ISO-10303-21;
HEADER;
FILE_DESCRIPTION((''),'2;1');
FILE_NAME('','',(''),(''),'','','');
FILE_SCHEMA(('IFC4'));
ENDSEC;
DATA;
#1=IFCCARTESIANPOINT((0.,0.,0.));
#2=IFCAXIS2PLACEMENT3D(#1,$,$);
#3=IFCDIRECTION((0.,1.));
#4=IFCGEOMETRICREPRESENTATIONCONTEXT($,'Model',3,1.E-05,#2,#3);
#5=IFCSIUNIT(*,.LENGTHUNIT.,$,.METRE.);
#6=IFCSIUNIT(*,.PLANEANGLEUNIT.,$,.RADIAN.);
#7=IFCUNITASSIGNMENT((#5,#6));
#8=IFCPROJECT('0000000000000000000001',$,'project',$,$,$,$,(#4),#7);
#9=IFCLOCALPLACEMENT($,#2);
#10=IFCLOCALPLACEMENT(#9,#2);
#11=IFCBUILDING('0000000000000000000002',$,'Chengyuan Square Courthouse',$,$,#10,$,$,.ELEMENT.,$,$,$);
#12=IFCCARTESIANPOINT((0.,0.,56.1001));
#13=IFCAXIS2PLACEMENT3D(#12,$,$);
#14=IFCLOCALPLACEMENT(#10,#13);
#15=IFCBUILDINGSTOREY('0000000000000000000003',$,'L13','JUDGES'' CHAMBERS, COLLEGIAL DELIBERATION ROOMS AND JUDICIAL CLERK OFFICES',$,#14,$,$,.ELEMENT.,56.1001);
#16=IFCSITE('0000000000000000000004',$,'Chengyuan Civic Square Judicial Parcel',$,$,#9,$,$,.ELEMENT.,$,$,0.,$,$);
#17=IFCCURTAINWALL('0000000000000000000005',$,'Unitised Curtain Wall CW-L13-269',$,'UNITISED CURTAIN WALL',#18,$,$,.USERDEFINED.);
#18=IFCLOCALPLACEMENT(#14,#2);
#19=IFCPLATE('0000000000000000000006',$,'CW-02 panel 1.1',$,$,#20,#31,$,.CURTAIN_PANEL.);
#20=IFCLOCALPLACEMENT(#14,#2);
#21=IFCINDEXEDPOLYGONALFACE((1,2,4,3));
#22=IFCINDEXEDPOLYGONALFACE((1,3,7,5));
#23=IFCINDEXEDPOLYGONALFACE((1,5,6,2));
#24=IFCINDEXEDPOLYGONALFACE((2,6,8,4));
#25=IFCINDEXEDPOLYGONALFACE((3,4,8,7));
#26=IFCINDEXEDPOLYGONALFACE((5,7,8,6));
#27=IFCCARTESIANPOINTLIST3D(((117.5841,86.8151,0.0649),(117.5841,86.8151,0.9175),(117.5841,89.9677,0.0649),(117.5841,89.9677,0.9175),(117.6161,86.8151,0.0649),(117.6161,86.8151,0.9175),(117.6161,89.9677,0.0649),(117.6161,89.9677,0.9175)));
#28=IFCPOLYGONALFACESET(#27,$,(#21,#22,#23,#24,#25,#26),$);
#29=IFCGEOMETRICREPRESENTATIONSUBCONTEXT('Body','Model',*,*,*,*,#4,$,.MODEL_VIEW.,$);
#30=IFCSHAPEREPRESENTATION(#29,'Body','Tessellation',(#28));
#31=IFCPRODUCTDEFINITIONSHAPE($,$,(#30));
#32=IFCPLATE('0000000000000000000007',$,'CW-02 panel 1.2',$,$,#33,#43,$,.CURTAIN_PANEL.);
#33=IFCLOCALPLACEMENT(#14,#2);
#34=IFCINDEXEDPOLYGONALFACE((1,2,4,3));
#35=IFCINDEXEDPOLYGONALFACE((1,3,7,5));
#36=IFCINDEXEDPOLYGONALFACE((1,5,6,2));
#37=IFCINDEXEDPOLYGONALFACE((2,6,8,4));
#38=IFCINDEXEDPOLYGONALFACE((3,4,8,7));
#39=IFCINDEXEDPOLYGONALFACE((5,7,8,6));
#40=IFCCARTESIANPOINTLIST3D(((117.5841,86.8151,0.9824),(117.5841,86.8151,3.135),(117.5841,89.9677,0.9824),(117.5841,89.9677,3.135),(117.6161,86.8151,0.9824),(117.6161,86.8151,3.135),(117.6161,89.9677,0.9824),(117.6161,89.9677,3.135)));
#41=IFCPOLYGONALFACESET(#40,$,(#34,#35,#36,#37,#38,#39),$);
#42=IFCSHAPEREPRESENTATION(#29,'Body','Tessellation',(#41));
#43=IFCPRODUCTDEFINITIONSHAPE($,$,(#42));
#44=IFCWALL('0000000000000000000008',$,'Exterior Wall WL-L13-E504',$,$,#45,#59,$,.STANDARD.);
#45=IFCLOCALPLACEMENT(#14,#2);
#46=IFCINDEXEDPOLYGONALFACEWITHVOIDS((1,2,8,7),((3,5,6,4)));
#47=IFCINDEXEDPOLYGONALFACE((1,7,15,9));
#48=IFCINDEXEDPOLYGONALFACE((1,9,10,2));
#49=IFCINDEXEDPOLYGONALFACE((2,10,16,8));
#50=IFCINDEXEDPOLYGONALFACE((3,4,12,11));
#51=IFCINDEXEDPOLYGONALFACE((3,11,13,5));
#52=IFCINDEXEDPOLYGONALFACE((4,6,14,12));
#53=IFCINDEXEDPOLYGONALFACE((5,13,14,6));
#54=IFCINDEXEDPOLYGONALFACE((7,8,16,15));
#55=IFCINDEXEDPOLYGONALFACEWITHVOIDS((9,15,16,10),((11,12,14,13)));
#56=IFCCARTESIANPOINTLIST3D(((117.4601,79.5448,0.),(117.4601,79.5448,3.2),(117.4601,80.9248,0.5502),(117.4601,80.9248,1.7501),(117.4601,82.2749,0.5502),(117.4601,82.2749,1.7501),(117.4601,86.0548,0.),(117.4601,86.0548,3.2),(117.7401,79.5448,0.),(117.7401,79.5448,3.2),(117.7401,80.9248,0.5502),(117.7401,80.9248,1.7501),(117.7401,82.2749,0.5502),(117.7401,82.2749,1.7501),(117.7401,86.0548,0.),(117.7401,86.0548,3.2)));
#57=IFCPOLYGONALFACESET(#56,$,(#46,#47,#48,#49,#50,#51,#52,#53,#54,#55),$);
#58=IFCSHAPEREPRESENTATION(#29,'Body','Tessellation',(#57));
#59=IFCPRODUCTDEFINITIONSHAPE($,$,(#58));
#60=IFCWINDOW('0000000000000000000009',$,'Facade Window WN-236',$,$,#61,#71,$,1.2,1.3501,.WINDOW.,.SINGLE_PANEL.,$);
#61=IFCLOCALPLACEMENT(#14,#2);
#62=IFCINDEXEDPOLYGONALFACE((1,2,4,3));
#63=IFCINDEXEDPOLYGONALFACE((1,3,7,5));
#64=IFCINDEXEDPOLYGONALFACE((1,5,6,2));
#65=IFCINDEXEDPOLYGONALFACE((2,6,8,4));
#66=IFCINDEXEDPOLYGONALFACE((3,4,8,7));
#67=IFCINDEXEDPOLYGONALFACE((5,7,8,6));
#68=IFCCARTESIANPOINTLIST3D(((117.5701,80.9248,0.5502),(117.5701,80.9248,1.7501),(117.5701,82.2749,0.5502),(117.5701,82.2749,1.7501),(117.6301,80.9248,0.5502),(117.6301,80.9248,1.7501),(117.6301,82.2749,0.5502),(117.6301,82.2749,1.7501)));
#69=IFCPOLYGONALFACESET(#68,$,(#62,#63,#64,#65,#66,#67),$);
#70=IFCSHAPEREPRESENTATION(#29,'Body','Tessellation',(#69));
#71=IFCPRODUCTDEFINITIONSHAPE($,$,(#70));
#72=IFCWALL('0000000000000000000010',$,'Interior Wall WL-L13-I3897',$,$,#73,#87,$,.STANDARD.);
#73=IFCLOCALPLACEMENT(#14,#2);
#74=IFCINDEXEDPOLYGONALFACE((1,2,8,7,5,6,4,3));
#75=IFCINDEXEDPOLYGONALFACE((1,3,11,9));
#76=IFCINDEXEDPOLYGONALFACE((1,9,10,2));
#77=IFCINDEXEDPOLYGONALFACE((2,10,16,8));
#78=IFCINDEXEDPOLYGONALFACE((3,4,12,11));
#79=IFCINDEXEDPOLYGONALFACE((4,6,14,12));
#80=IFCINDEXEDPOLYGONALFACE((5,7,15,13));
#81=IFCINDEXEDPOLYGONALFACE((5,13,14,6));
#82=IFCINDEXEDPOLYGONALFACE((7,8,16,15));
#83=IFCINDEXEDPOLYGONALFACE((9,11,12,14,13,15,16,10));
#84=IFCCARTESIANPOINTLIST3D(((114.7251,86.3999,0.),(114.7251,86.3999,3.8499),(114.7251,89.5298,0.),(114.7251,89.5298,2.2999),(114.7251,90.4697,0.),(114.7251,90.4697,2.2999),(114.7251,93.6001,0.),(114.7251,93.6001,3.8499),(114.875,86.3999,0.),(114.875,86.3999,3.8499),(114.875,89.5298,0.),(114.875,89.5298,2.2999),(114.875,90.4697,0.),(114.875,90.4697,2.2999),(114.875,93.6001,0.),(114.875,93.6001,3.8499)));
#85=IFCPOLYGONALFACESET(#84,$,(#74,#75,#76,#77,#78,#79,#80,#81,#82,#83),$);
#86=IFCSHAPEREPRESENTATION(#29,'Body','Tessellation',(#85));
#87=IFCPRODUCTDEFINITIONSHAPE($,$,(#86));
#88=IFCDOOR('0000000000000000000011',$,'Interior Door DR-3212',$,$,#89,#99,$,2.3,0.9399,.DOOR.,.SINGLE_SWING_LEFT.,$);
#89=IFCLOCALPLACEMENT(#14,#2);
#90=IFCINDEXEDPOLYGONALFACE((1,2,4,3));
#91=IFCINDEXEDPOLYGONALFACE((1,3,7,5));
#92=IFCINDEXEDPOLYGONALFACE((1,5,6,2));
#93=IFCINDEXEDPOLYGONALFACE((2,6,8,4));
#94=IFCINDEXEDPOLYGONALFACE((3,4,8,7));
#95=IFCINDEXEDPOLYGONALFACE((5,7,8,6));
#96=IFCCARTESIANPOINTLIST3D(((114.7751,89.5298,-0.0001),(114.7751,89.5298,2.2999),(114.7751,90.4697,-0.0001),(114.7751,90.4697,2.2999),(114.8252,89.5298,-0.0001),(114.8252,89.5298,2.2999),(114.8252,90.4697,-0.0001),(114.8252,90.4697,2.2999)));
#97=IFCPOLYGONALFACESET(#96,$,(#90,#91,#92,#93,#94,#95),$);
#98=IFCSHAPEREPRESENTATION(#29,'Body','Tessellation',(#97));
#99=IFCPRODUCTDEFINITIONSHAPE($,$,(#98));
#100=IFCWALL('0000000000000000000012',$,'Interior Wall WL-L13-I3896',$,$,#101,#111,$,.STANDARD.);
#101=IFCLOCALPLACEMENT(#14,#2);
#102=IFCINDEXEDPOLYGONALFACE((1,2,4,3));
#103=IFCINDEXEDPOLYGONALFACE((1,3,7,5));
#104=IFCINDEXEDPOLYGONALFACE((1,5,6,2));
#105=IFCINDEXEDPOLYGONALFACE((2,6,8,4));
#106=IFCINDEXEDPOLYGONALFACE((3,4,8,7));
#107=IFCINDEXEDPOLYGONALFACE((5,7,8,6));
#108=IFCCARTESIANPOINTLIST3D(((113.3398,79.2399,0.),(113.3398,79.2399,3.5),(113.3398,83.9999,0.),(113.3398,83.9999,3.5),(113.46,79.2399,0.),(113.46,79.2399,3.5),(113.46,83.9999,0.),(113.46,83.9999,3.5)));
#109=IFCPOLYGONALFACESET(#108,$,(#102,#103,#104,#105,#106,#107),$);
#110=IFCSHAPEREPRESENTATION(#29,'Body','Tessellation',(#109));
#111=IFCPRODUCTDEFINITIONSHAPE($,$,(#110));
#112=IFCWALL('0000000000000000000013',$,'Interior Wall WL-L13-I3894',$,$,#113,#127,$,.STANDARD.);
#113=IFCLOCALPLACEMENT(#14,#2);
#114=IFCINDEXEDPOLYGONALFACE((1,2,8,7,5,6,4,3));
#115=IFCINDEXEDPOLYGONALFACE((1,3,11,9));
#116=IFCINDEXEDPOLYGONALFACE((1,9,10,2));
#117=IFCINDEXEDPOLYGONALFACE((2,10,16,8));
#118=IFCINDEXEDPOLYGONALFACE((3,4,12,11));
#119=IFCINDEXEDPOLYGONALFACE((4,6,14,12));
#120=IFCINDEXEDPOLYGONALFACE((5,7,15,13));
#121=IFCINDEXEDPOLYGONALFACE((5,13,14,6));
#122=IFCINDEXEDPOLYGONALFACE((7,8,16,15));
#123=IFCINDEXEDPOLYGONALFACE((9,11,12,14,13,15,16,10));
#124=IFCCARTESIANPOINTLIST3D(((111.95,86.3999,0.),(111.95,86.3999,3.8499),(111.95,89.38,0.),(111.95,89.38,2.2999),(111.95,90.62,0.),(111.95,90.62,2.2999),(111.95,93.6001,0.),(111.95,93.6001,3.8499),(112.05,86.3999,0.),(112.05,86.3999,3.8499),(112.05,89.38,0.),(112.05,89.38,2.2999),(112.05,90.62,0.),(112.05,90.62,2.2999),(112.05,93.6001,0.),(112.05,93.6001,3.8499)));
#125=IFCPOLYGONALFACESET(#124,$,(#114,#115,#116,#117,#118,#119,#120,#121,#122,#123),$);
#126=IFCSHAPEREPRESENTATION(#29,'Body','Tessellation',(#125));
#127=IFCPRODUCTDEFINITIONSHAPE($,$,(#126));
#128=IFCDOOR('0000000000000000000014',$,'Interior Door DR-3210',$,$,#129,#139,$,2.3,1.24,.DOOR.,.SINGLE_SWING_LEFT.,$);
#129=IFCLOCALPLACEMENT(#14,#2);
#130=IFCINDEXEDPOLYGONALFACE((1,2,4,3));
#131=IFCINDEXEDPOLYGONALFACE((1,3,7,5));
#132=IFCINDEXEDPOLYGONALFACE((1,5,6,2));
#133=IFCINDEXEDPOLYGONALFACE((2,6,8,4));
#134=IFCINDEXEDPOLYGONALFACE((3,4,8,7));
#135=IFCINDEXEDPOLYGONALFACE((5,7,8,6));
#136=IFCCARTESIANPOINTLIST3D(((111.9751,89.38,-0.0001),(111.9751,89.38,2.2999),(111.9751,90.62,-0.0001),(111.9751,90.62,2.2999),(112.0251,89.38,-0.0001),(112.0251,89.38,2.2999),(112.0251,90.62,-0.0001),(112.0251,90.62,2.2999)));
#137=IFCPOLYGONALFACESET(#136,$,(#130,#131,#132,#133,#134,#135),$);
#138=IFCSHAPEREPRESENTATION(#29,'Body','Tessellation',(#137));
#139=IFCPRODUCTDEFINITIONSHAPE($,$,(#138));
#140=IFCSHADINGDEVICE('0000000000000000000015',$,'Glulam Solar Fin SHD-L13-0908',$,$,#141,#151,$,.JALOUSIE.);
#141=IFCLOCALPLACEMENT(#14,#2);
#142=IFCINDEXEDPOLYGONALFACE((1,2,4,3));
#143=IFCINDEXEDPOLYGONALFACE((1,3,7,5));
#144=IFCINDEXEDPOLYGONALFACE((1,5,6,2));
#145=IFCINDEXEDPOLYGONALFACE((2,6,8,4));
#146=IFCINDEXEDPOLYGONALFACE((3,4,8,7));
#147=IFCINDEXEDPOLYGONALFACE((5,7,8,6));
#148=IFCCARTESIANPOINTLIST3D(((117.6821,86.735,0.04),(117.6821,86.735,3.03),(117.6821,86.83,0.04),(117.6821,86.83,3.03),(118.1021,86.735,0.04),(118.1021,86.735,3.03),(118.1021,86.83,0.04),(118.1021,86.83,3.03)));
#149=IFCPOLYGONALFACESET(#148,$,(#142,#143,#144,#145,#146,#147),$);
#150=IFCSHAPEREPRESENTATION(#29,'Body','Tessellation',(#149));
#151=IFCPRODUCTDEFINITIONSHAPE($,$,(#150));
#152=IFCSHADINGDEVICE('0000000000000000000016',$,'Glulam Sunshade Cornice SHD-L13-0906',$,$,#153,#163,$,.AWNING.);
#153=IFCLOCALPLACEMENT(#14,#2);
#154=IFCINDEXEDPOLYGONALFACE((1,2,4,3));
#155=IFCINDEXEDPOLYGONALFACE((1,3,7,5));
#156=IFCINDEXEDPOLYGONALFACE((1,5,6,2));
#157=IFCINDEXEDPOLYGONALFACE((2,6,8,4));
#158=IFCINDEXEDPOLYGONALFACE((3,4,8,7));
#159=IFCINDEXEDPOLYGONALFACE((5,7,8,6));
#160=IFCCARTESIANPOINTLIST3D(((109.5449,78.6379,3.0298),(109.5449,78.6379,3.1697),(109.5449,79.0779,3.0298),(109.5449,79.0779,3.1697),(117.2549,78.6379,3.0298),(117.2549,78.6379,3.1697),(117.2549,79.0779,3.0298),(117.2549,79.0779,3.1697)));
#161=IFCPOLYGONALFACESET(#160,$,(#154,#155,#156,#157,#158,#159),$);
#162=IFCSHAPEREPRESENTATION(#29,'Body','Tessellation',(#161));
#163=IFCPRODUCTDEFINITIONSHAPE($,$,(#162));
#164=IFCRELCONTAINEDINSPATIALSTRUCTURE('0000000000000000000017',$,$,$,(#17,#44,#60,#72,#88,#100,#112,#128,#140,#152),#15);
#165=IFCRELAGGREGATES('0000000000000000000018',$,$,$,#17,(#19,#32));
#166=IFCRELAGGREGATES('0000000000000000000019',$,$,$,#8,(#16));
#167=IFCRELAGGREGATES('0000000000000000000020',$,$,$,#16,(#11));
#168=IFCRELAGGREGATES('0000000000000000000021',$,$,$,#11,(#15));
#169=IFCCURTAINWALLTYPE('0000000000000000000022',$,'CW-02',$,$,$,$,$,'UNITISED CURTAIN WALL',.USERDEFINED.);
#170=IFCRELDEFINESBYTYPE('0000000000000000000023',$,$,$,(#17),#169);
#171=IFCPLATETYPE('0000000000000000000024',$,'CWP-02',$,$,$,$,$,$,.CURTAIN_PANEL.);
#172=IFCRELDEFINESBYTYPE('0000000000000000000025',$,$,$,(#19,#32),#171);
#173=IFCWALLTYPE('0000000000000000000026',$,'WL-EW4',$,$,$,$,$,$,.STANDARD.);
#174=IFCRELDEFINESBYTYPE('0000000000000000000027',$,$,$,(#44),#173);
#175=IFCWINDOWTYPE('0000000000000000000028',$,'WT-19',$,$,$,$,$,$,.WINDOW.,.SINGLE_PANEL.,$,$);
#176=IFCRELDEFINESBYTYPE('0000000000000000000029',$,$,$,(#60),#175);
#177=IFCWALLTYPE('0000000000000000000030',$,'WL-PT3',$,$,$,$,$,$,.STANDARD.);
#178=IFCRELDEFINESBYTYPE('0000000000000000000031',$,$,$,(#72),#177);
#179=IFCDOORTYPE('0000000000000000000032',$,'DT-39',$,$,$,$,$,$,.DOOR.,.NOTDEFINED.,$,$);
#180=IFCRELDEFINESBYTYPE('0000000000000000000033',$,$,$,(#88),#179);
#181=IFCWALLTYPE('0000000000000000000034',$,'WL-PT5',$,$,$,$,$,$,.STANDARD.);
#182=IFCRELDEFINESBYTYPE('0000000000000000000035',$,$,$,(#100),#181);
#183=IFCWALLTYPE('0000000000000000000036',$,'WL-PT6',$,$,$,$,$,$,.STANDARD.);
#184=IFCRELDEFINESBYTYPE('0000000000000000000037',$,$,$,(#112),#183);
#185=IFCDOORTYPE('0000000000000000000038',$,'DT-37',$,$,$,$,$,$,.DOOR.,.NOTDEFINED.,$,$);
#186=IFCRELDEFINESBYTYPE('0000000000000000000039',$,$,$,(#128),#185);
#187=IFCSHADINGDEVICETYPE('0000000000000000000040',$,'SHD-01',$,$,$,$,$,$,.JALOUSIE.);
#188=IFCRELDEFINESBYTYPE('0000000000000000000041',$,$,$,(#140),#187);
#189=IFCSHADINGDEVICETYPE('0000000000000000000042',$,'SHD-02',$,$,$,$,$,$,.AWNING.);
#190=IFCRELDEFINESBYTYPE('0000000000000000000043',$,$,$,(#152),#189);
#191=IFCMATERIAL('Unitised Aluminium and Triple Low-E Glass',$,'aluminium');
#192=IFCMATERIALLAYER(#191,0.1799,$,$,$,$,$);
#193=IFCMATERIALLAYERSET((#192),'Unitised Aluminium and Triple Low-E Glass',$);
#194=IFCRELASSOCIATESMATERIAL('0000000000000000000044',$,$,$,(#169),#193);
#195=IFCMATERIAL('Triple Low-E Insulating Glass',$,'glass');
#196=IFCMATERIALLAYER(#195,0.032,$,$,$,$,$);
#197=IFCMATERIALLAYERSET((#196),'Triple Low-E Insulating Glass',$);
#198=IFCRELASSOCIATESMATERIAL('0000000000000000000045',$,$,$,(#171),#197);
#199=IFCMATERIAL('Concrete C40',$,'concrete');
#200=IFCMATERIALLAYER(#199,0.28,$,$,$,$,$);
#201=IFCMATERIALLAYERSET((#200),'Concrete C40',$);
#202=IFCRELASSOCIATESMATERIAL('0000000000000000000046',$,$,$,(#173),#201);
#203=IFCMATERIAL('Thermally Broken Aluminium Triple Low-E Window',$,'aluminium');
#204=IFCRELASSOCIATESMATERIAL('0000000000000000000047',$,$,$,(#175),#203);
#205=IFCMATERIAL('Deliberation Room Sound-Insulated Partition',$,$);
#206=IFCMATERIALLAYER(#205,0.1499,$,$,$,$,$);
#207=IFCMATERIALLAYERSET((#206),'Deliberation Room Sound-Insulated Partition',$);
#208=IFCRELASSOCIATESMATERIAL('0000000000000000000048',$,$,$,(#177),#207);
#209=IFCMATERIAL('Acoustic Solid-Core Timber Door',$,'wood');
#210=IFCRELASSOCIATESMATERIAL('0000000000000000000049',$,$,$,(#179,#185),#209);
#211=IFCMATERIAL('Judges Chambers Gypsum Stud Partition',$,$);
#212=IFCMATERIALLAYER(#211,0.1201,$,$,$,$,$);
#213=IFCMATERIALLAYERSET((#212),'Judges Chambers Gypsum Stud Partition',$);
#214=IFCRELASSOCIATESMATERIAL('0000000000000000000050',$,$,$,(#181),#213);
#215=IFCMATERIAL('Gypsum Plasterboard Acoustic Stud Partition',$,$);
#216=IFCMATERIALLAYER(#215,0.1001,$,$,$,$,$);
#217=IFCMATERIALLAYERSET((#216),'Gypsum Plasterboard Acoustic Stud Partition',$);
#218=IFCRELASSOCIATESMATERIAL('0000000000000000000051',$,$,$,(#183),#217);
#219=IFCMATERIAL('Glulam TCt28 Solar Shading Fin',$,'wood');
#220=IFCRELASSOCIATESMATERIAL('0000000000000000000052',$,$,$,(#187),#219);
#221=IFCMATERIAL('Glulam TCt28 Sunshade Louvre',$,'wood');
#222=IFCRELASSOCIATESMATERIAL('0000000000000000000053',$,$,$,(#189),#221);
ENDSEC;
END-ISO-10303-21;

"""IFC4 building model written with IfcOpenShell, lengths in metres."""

from ifc_helpers import new_model, si_unit, direction, frame, frame_2d, origin, origin_2d, place, context, subcontext, project, spatial, rectangle, extrude, material, layer, layer_set, type_object, element, fill, aggregate, save


model = new_model("IFC4")

# Units and contexts
model_context = context("Model", 3, precision=1e-05, world=origin(), true_north=direction((0.0, 1.0)))
body_context = subcontext(model_context, "Body", "Model", "MODEL_VIEW")
ifc_project = project(units=[si_unit("LENGTHUNIT", "METRE"), si_unit("PLANEANGLEUNIT", "RADIAN")], contexts=[model_context])

# Site, building, storey
site_placement = place(None, origin())
site = spatial("IfcSite", under=ifc_project, at=site_placement, Name="Chengyuan Civic Square Judicial Parcel", CompositionType="ELEMENT", RefElevation=0.0)
building_placement = place(site_placement, origin())
building = spatial("IfcBuilding", under=site, at=building_placement, Name="Chengyuan Square Courthouse", CompositionType="ELEMENT")
storey_placement = place(building_placement, frame((0.0, 0.0, 56.1001)))
storey = spatial("IfcBuildingStorey", under=building, at=storey_placement, Name="L13", Description="JUDGES' CHAMBERS, COLLEGIAL DELIBERATION ROOMS AND JUDICIAL CLERK OFFICES", CompositionType="ELEMENT", Elevation=56.1001)

# Shared definitions
ifc_material_1 = material(Name="Concrete C40", Category="concrete")

# Curtain wall, plates
ifc_material_2 = material(Name="Unitised Aluminium and Triple Low-E Glass", Category="aluminium")
ifc_layer_1 = layer(ifc_material_2, 0.1799)
ifc_layer_set_1 = layer_set([ifc_layer_1], Name="Unitised Aluminium and Triple Low-E Glass")
curtain_wall_type = type_object("IfcCurtainWallType", Name="CW-02", ElementType="UNITISED CURTAIN WALL", PredefinedType="USERDEFINED", material=ifc_layer_set_1)
curtain_wall_placement = place(storey_placement, origin())
curtain_wall = element("IfcCurtainWall", 1, at=curtain_wall_placement, inside=storey, type_object=curtain_wall_type, Name="Unitised Curtain Wall CW-L13-269", ObjectType="UNITISED CURTAIN WALL", PredefinedType="USERDEFINED")
ifc_material_3 = material(Name="Triple Low-E Insulating Glass", Category="glass")
ifc_layer_2 = layer(ifc_material_3, 0.032)
ifc_layer_set_2 = layer_set([ifc_layer_2], Name="Triple Low-E Insulating Glass")
plate_type = type_object("IfcPlateType", Name="CWP-02", PredefinedType="CURTAIN_PANEL", material=ifc_layer_set_2)
plate_1_placement = place(storey_placement, frame((117.6001, 88.3914, 0.0649), z_axis=(0.0, 0.0, 1.0), x_axis=(0.0, 1.0, 0.0)))
plate_1 = element("IfcPlate", 2, at=plate_1_placement, type_object=plate_type, Name="CW-02 panel 1.1", PredefinedType="CURTAIN_PANEL", context=body_context, shape_type="SweptSolid", body=[
    extrude(rectangle(XDim=3.1526, YDim=0.032, at=origin_2d()), origin(), (0.0, 0.0, 1.0), 0.8525),
])
plate_2_placement = place(storey_placement, frame((117.6001, 88.3914, 0.9824), z_axis=(0.0, 0.0, 1.0), x_axis=(0.0, 1.0, 0.0)))
plate_2 = element("IfcPlate", 3, at=plate_2_placement, type_object=plate_type, Name="CW-02 panel 1.2", PredefinedType="CURTAIN_PANEL", context=body_context, shape_type="SweptSolid", body=[
    extrude(rectangle(XDim=3.1526, YDim=0.032, at=origin_2d()), origin(), (0.0, 0.0, 1.0), 2.1526),
])
aggregate(curtain_wall, [plate_1, plate_2])

# Wall, opening, window
ifc_layer_3 = layer(ifc_material_1, 0.28)
ifc_layer_set_3 = layer_set([ifc_layer_3], Name="Concrete C40")
wall_type_1 = type_object("IfcWallType", Name="WL-EW4", PredefinedType="STANDARD", material=ifc_layer_set_3)
wall_1_placement = place(storey_placement, frame((117.6001, 79.5449, 0.0), z_axis=(0.0, 0.0, 1.0), x_axis=(0.0, 1.0, 0.0)))
wall_1 = element("IfcWall", 4, at=wall_1_placement, inside=storey, type_object=wall_type_1, Name="Exterior Wall WL-L13-E504", PredefinedType="STANDARD", context=body_context, shape_type="SweptSolid", body=[
    extrude(rectangle(XDim=6.51, YDim=0.28, at=frame_2d((3.2549, 0.0))), origin(), (0.0, 0.0, 1.0), 3.2),
])
opening_1_placement = place(wall_1_placement, frame((1.3799, 0.0, 0.55)))
opening_1 = element("IfcOpeningElement", 5, at=opening_1_placement, cuts=wall_1, PredefinedType="OPENING", context=body_context, shape_type="SweptSolid", body=[
    extrude(rectangle(XDim=1.3501, YDim=1.2, at=frame_2d((0.675, 0.6001))), frame((0.0, 0.1521, 0.0), z_axis=(0.0, -1.0, 0.0), x_axis=(1.0, 0.0, 0.0)), (0.0, 0.0, 1.0), 0.304),
])
ifc_material_4 = material(Name="Thermally Broken Aluminium Triple Low-E Window", Category="aluminium")
window_type = type_object("IfcWindowType", Name="WT-19", PartitioningType="SINGLE_PANEL", PredefinedType="WINDOW", material=ifc_material_4)
window_placement = place(opening_1_placement, origin())
window = element("IfcWindow", 6, at=window_placement, inside=storey, type_object=window_type, Name="Facade Window WN-236", OverallHeight=1.2, OverallWidth=1.3501, PartitioningType="SINGLE_PANEL", PredefinedType="WINDOW", context=body_context, shape_type="SweptSolid", body=[
    extrude(rectangle(XDim=1.3501, YDim=1.2, at=frame_2d((0.675, 0.6001))), frame((0.0, 0.03, 0.0), z_axis=(0.0, -1.0, 0.0), x_axis=(1.0, 0.0, 0.0)), (0.0, 0.0, 1.0), 0.0601),
])
fill(opening_1, window)

# Wall, opening, door
ifc_material_5 = material(Name="Deliberation Room Sound-Insulated Partition")
ifc_layer_4 = layer(ifc_material_5, 0.1499)
ifc_layer_set_4 = layer_set([ifc_layer_4], Name="Deliberation Room Sound-Insulated Partition")
wall_type_2 = type_object("IfcWallType", Name="WL-PT3", PredefinedType="STANDARD", material=ifc_layer_set_4)
ifc_material_6 = material(Name="Acoustic Solid-Core Timber Door", Category="wood")
wall_2_placement = place(storey_placement, frame((114.8, 86.3999, 0.0), z_axis=(0.0, 0.0, 1.0), x_axis=(0.0, 1.0, 0.0)))
wall_2 = element("IfcWall", 7, at=wall_2_placement, inside=storey, type_object=wall_type_2, Name="Interior Wall WL-L13-I3897", PredefinedType="STANDARD", context=body_context, shape_type="SweptSolid", body=[
    extrude(rectangle(XDim=7.2002, YDim=0.1499, at=frame_2d((3.6001, 0.0))), origin(), (0.0, 0.0, 1.0), 3.8499),
])
opening_2_placement = place(wall_2_placement, frame((3.1299, 0.0, 0.0)))
opening_2 = element("IfcOpeningElement", 8, at=opening_2_placement, cuts=wall_2, PredefinedType="OPENING", context=body_context, shape_type="SweptSolid", body=[
    extrude(rectangle(XDim=0.9399, YDim=2.3, at=frame_2d((0.47, 1.1499))), frame((0.0, 0.0869, 0.0), z_axis=(0.0, -1.0, 0.0), x_axis=(1.0, 0.0, 0.0)), (0.0, 0.0, 1.0), 0.1738),
])
door_type_1 = type_object("IfcDoorType", Name="DT-39", OperationType="NOTDEFINED", PredefinedType="DOOR", material=ifc_material_6)
door_1_placement = place(opening_2_placement, origin())
door_1 = element("IfcDoor", 9, at=door_1_placement, inside=storey, type_object=door_type_1, Name="Interior Door DR-3212", OperationType="SINGLE_SWING_LEFT", OverallHeight=2.3, OverallWidth=0.9399, PredefinedType="DOOR", context=body_context, shape_type="SweptSolid", body=[
    extrude(rectangle(XDim=0.9399, YDim=2.3, at=frame_2d((0.47, 1.1499))), frame((0.0, 0.0249, 0.0), z_axis=(0.0, -1.0, 0.0), x_axis=(1.0, 0.0, 0.0)), (0.0, 0.0, 1.0), 0.05),
])
fill(opening_2, door_1)

# Wall
ifc_material_7 = material(Name="Judges Chambers Gypsum Stud Partition")
ifc_layer_5 = layer(ifc_material_7, 0.1201)
ifc_layer_set_5 = layer_set([ifc_layer_5], Name="Judges Chambers Gypsum Stud Partition")
wall_type_3 = type_object("IfcWallType", Name="WL-PT5", PredefinedType="STANDARD", material=ifc_layer_set_5)
wall_3_placement = place(storey_placement, frame((113.3999, 79.24, 0.0), z_axis=(0.0, 0.0, 1.0), x_axis=(0.0, 1.0, 0.0)))
element("IfcWall", 10, at=wall_3_placement, inside=storey, type_object=wall_type_3, Name="Interior Wall WL-L13-I3896", PredefinedType="STANDARD", context=body_context, shape_type="SweptSolid", body=[
    extrude(rectangle(XDim=4.76, YDim=0.1201, at=frame_2d((2.3799, 0.0))), origin(), (0.0, 0.0, 1.0), 3.5),
])

# Wall, opening, door
ifc_material_8 = material(Name="Gypsum Plasterboard Acoustic Stud Partition")
ifc_layer_6 = layer(ifc_material_8, 0.1001)
ifc_layer_set_6 = layer_set([ifc_layer_6], Name="Gypsum Plasterboard Acoustic Stud Partition")
wall_type_4 = type_object("IfcWallType", Name="WL-PT6", PredefinedType="STANDARD", material=ifc_layer_set_6)
wall_4_placement = place(storey_placement, frame((112.0, 86.3999, 0.0), z_axis=(0.0, 0.0, 1.0), x_axis=(0.0, 1.0, 0.0)))
wall_4 = element("IfcWall", 11, at=wall_4_placement, inside=storey, type_object=wall_type_4, Name="Interior Wall WL-L13-I3894", PredefinedType="STANDARD", context=body_context, shape_type="SweptSolid", body=[
    extrude(rectangle(XDim=7.2002, YDim=0.1001, at=frame_2d((3.6001, 0.0))), origin(), (0.0, 0.0, 1.0), 3.8499),
])
opening_3_placement = place(wall_4_placement, frame((2.98, 0.0, 0.0)))
opening_3 = element("IfcOpeningElement", 12, at=opening_3_placement, cuts=wall_4, PredefinedType="OPENING", context=body_context, shape_type="SweptSolid", body=[
    extrude(rectangle(XDim=1.24, YDim=2.3, at=frame_2d((0.6201, 1.1499))), frame((0.0, 0.062, 0.0), z_axis=(0.0, -1.0, 0.0), x_axis=(1.0, 0.0, 0.0)), (0.0, 0.0, 1.0), 0.124),
])
door_type_2 = type_object("IfcDoorType", Name="DT-37", OperationType="NOTDEFINED", PredefinedType="DOOR", material=ifc_material_6)
door_2_placement = place(opening_3_placement, origin())
door_2 = element("IfcDoor", 13, at=door_2_placement, inside=storey, type_object=door_type_2, Name="Interior Door DR-3210", OperationType="SINGLE_SWING_LEFT", OverallHeight=2.3, OverallWidth=1.24, PredefinedType="DOOR", context=body_context, shape_type="SweptSolid", body=[
    extrude(rectangle(XDim=1.24, YDim=2.3, at=frame_2d((0.6201, 1.1499))), frame((0.0, 0.0249, 0.0), z_axis=(0.0, -1.0, 0.0), x_axis=(1.0, 0.0, 0.0)), (0.0, 0.0, 1.0), 0.05),
])
fill(opening_3, door_2)

# Shading devices
ifc_material_9 = material(Name="Glulam TCt28 Solar Shading Fin", Category="wood")
shading_device_type_1 = type_object("IfcShadingDeviceType", Name="SHD-01", PredefinedType="JALOUSIE", material=ifc_material_9)
shading_device_1_placement = place(storey_placement, frame((117.8921, 86.7825, 0.04), z_axis=(0.0, 0.0, 1.0), x_axis=(1.0, 0.0, 0.0)))
element("IfcShadingDevice", 14, at=shading_device_1_placement, inside=storey, type_object=shading_device_type_1, Name="Glulam Solar Fin SHD-L13-0908", PredefinedType="JALOUSIE", context=body_context, shape_type="SweptSolid", body=[
    extrude(rectangle(XDim=0.4199, YDim=0.095, at=origin_2d()), origin(), (0.0, 0.0, 1.0), 2.99),
])
ifc_material_10 = material(Name="Glulam TCt28 Sunshade Louvre", Category="wood")
shading_device_type_2 = type_object("IfcShadingDeviceType", Name="SHD-02", PredefinedType="AWNING", material=ifc_material_10)
shading_device_2_placement = place(storey_placement, frame((113.3999, 78.8579, 3.0298), z_axis=(0.0, 0.0, 1.0), x_axis=(1.0, 0.0, 0.0)))
element("IfcShadingDevice", 15, at=shading_device_2_placement, inside=storey, type_object=shading_device_type_2, Name="Glulam Sunshade Cornice SHD-L13-0906", PredefinedType="AWNING", context=body_context, shape_type="SweptSolid", body=[
    extrude(rectangle(XDim=7.71, YDim=0.4399, at=origin_2d()), origin(), (0.0, 0.0, 1.0), 0.1399),
])

save(model, "model.ifc")
